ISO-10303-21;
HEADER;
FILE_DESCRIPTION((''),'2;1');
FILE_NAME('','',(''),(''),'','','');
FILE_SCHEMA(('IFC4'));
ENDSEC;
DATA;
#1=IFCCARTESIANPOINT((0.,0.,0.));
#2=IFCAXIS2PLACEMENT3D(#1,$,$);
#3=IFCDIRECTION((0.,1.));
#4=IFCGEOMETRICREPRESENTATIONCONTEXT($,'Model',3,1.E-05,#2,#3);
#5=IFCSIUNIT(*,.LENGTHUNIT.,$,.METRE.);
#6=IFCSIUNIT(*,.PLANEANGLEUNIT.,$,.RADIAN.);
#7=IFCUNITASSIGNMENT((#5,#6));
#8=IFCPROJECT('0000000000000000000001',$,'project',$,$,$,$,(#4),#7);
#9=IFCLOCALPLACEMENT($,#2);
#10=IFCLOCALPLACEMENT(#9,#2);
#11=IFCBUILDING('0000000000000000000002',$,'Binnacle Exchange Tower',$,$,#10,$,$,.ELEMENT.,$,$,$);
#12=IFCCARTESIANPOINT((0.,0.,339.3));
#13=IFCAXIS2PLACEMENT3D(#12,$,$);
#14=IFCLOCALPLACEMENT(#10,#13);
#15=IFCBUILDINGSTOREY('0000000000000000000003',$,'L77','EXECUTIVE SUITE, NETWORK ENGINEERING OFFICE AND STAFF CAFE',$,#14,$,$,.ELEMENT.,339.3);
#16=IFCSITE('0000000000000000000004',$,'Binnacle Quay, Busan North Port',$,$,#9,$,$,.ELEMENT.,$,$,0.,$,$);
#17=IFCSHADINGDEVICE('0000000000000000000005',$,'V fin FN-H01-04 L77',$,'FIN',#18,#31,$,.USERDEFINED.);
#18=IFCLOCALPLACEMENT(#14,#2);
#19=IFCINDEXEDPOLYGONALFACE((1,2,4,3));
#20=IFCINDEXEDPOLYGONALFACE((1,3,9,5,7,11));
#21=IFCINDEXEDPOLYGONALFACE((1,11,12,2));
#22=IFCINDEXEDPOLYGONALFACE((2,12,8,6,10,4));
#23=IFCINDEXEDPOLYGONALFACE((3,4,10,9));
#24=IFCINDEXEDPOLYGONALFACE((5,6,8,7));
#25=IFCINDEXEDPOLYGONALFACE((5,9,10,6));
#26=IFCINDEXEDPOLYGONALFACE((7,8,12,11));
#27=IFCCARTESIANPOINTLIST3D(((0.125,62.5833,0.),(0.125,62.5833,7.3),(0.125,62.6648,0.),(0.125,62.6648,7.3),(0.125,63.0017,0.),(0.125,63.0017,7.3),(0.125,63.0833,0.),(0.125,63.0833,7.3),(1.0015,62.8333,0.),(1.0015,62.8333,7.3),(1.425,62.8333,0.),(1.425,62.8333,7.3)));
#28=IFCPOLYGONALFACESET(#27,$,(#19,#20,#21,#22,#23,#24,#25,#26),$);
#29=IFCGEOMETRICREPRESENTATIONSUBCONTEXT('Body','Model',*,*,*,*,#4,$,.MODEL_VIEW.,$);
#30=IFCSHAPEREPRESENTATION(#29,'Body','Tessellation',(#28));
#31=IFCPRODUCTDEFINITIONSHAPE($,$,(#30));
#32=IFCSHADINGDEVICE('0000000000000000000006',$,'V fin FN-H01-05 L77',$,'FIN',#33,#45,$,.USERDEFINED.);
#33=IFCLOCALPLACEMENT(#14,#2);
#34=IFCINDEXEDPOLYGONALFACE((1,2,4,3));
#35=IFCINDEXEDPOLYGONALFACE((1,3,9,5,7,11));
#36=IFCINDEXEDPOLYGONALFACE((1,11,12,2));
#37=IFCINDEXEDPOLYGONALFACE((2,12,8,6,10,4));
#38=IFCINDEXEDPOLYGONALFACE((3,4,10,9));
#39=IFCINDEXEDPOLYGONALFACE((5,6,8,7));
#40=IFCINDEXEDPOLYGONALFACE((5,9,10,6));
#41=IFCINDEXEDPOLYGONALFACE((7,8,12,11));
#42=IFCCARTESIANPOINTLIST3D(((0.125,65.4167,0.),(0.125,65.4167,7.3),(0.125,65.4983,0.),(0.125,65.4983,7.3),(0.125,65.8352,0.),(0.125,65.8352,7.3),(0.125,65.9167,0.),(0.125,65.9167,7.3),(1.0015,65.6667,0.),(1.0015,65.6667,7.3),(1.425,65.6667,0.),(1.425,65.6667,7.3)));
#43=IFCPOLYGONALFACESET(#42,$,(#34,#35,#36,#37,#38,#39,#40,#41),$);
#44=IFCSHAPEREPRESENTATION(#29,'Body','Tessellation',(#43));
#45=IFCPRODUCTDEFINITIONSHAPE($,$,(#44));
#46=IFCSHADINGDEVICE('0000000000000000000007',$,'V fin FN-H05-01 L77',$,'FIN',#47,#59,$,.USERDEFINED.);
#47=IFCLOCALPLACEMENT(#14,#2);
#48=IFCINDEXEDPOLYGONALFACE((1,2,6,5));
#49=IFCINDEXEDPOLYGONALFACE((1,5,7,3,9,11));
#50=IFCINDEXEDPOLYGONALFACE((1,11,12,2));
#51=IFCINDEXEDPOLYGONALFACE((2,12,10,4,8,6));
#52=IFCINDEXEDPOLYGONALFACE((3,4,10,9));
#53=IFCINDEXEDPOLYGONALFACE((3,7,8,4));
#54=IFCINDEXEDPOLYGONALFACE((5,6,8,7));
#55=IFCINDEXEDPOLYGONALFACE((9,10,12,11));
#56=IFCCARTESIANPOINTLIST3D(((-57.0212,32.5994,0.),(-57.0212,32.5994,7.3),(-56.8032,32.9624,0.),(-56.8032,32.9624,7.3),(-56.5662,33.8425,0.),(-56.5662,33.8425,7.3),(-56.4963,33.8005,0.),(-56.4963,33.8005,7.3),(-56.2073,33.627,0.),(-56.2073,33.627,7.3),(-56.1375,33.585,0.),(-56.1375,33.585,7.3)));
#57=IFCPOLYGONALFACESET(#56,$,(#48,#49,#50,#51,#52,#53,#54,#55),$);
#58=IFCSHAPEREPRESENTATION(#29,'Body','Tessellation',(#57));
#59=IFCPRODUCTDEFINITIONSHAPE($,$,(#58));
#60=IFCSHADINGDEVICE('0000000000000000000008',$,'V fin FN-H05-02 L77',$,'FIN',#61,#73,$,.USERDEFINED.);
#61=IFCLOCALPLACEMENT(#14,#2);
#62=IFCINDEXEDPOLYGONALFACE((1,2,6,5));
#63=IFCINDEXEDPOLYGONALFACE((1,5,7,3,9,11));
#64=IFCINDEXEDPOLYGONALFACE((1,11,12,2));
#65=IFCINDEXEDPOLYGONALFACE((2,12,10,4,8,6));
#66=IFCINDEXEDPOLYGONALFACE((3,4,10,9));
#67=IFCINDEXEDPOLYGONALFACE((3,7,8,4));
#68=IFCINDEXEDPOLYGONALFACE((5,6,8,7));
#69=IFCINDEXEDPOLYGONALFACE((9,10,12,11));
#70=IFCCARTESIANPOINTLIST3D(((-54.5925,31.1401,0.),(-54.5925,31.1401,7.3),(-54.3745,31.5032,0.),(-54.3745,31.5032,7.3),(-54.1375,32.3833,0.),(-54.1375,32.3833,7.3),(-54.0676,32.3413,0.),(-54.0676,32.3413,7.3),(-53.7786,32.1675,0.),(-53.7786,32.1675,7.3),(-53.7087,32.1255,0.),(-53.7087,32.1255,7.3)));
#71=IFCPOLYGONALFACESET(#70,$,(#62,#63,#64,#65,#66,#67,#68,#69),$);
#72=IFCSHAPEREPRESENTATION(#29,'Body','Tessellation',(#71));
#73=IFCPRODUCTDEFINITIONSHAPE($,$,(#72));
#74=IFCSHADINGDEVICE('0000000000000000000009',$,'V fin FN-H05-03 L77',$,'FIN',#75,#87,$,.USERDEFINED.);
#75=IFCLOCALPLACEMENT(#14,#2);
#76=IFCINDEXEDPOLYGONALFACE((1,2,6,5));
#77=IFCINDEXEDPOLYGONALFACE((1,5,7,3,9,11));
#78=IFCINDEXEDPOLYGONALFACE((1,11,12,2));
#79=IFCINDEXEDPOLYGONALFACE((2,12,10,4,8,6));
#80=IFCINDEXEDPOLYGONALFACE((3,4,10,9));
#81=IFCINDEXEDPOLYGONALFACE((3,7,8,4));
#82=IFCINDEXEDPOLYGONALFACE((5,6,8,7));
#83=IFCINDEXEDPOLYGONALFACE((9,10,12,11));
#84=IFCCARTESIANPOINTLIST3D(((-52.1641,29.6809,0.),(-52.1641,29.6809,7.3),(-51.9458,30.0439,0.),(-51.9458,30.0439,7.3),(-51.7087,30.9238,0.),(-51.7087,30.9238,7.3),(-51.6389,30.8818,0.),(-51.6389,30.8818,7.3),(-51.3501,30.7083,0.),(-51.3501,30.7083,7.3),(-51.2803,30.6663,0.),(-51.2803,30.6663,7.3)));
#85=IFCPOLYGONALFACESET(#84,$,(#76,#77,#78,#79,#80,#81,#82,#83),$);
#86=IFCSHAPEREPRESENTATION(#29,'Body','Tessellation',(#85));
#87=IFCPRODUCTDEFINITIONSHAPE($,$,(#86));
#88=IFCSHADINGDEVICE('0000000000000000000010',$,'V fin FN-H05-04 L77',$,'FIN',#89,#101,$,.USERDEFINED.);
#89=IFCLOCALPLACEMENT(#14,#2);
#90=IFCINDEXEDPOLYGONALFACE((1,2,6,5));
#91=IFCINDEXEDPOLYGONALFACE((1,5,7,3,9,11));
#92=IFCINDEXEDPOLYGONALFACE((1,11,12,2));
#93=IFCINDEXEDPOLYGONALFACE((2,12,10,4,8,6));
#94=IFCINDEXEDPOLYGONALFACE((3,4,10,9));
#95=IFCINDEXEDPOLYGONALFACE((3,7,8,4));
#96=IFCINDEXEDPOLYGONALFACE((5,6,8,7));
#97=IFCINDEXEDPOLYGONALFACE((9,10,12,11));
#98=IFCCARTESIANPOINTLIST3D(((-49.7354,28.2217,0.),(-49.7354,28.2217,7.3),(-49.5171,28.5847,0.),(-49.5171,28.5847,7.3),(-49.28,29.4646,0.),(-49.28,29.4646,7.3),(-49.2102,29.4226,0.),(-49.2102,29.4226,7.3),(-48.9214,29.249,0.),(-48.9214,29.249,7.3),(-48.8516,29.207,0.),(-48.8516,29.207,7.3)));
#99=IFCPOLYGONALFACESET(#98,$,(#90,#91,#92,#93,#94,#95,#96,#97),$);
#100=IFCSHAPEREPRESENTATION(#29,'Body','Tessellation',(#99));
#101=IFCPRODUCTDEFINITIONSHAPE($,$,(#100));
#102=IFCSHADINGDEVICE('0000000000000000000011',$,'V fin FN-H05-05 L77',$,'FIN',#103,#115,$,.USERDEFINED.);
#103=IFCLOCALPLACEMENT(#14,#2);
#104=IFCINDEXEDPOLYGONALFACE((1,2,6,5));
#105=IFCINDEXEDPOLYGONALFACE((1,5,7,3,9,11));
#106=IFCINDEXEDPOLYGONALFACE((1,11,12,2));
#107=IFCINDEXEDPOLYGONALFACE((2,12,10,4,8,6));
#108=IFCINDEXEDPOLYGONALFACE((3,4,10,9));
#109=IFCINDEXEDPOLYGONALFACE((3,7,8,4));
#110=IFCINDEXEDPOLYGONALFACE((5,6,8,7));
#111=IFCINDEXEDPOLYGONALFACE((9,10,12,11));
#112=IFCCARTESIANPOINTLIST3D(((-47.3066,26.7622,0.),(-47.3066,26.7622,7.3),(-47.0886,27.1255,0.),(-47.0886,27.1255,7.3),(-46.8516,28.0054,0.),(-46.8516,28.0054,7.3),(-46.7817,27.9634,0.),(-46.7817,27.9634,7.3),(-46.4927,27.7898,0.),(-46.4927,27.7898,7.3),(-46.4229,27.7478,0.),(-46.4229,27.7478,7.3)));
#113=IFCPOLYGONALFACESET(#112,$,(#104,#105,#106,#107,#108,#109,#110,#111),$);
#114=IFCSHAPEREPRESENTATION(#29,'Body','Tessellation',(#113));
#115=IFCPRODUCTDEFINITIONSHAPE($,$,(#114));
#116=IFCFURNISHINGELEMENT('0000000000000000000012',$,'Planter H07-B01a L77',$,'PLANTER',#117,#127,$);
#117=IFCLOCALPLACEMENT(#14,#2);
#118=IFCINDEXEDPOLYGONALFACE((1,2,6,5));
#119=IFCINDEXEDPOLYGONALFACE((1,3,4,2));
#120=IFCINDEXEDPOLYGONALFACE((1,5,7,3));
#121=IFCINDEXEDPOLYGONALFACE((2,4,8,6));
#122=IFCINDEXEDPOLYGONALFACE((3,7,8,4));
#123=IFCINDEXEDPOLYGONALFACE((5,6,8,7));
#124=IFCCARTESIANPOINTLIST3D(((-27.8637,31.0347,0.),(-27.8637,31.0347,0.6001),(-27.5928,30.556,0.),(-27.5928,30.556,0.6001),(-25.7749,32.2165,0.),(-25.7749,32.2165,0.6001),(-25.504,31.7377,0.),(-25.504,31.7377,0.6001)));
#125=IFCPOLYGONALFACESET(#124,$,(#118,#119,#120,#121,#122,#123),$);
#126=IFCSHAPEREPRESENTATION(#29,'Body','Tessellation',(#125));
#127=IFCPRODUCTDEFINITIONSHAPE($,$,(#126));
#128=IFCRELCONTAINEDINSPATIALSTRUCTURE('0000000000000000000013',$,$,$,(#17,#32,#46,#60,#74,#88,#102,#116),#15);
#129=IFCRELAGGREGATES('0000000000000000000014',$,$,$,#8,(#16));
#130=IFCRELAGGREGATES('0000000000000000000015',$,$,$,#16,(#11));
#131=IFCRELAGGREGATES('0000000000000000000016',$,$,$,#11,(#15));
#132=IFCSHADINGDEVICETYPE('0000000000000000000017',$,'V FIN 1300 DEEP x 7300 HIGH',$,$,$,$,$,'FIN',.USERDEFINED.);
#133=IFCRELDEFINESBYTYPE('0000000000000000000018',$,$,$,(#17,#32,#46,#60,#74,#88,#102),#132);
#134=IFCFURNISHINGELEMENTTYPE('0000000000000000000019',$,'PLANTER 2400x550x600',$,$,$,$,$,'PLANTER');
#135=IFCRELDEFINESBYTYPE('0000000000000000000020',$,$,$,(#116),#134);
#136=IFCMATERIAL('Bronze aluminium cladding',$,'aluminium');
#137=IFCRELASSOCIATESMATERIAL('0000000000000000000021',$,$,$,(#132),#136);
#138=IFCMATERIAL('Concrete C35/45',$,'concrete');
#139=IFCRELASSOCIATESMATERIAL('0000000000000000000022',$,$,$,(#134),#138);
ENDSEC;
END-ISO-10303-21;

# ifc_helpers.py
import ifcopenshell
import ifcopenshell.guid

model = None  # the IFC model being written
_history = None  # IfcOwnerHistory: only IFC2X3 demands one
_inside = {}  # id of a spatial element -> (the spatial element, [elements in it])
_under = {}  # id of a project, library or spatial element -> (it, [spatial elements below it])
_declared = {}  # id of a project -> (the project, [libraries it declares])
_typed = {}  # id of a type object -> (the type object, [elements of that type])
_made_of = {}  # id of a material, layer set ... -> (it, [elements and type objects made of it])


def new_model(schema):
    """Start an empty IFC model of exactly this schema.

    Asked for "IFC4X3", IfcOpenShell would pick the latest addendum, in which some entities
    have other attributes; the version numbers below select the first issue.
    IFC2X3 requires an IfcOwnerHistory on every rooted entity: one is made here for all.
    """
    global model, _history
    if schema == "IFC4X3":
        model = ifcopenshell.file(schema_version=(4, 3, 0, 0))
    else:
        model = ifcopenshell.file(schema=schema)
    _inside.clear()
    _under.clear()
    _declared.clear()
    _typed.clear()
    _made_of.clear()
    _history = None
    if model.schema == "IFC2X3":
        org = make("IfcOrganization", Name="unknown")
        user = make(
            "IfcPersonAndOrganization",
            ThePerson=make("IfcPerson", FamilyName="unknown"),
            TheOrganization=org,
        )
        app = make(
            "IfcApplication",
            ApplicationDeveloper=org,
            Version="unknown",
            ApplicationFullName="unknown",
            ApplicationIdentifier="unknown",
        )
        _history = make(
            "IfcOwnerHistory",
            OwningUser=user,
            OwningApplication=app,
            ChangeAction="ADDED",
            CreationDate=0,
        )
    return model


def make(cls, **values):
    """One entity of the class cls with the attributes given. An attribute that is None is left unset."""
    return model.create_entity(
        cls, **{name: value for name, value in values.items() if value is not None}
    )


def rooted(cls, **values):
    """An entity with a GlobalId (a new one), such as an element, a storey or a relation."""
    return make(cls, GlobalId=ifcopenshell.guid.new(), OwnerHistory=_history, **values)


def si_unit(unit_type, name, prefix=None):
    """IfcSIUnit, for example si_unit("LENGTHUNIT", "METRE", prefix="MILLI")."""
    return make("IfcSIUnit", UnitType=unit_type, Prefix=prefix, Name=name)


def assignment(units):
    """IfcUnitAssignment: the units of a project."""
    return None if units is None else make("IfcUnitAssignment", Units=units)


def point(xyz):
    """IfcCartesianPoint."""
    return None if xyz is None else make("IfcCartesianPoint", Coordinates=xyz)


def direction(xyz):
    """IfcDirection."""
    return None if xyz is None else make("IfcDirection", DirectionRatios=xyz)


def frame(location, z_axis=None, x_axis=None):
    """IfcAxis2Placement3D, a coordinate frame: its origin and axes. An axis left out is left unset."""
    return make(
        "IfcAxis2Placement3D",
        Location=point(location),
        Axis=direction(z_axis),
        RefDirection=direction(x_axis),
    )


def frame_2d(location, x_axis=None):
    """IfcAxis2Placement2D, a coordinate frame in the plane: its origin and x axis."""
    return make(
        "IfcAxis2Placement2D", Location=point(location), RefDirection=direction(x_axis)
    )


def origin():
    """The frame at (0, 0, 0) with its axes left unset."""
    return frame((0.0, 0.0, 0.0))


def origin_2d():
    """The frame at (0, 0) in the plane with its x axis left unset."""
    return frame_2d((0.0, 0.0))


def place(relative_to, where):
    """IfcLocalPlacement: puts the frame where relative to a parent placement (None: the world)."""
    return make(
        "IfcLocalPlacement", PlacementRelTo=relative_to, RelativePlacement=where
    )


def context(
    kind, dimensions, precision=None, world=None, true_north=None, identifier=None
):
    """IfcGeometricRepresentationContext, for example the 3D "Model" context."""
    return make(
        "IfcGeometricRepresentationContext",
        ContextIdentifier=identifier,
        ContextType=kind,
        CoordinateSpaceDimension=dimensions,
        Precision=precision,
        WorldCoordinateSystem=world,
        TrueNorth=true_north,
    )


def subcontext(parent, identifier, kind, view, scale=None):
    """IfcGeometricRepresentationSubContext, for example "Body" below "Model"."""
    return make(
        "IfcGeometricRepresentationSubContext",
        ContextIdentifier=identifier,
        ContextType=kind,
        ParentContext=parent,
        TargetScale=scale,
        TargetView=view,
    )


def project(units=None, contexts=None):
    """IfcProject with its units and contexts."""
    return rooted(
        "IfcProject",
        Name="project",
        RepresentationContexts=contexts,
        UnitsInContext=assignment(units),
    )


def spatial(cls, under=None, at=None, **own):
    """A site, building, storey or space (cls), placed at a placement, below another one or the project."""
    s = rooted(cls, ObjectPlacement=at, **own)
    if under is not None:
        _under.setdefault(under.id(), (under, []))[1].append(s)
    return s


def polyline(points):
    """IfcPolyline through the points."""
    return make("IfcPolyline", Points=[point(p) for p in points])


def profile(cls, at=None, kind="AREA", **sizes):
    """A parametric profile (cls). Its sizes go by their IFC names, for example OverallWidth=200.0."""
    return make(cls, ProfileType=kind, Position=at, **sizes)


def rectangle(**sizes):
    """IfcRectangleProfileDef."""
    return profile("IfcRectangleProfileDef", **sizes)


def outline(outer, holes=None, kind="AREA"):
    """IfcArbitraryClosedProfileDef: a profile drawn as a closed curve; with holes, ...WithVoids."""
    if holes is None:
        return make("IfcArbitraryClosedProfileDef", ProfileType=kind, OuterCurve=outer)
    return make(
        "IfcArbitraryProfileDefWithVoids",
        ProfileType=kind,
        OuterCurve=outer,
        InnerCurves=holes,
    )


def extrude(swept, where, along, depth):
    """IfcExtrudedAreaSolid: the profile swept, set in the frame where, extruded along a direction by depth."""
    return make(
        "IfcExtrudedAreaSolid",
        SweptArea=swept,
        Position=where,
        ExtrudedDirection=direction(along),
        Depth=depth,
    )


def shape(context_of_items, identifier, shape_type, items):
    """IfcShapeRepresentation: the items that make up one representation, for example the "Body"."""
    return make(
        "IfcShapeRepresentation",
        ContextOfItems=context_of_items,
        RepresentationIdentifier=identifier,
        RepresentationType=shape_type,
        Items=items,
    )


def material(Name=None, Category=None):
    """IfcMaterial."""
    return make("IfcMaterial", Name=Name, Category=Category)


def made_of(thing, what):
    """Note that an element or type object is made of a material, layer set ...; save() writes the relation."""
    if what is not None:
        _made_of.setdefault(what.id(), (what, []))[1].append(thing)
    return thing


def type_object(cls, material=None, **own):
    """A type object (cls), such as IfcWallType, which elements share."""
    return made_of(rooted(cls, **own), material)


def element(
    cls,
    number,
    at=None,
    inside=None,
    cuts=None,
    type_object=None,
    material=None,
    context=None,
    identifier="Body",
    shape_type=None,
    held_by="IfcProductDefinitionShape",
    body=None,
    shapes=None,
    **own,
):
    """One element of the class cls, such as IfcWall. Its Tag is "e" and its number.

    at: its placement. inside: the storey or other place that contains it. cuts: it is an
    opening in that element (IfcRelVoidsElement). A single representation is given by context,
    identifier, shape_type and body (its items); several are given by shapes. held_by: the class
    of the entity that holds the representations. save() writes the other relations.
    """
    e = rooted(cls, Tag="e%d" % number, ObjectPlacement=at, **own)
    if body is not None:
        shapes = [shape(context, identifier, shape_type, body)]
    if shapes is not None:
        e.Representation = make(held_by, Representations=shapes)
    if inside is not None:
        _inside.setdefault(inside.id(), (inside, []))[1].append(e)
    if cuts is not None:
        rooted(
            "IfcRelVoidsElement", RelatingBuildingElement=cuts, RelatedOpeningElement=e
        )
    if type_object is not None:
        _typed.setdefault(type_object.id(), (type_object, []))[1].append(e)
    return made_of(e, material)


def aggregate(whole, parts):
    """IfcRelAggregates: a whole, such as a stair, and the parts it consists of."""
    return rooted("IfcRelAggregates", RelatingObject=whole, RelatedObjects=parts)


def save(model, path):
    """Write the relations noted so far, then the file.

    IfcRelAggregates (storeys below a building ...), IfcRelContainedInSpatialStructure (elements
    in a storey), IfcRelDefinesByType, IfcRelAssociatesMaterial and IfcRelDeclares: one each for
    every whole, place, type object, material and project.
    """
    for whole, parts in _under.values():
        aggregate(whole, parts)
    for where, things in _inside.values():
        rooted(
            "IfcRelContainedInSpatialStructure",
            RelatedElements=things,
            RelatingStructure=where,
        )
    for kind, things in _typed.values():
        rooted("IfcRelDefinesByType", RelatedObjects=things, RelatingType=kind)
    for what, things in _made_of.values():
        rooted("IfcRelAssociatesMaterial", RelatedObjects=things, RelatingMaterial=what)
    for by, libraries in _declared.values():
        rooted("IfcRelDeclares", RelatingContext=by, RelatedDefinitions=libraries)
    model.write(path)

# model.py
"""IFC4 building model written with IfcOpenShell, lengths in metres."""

from ifc_helpers import new_model, si_unit, direction, frame, origin, origin_2d, place, context, subcontext, project, spatial, polyline, rectangle, outline, extrude, material, type_object, element, save


model = new_model("IFC4")

# Units and contexts
model_context = context("Model", 3, precision=1e-05, world=origin(), true_north=direction((0.0, 1.0)))
body_context = subcontext(model_context, "Body", "Model", "MODEL_VIEW")
ifc_project = project(units=[si_unit("LENGTHUNIT", "METRE"), si_unit("PLANEANGLEUNIT", "RADIAN")], contexts=[model_context])

# Site, building, storey
site_placement = place(None, origin())
site = spatial("IfcSite", under=ifc_project, at=site_placement, Name="Binnacle Quay, Busan North Port", CompositionType="ELEMENT", RefElevation=0.0)
building_placement = place(site_placement, origin())
building = spatial("IfcBuilding", under=site, at=building_placement, Name="Binnacle Exchange Tower", CompositionType="ELEMENT")
storey_placement = place(building_placement, frame((0.0, 0.0, 339.3)))
storey = spatial("IfcBuildingStorey", under=building, at=storey_placement, Name="L77", Description="EXECUTIVE SUITE, NETWORK ENGINEERING OFFICE AND STAFF CAFE", CompositionType="ELEMENT", Elevation=339.3)

# Shared definitions
ifc_material_1 = material(Name="Concrete C35/45", Category="concrete")

# Shading devices
ifc_material_2 = material(Name="Bronze aluminium cladding", Category="aluminium")
shading_device_type_1 = type_object("IfcShadingDeviceType", Name="V FIN 1300 DEEP x 7300 HIGH", ElementType="FIN", PredefinedType="USERDEFINED", material=ifc_material_2)
shading_device_1_placement = place(storey_placement, origin())
element("IfcShadingDevice", 1, at=shading_device_1_placement, inside=storey, type_object=shading_device_type_1, Name="V fin FN-H01-04 L77", ObjectType="FIN", PredefinedType="USERDEFINED", context=body_context, shape_type="SweptSolid", body=[
    extrude(outline(polyline([(0.125, 62.5833), (1.425, 62.8333), (0.125, 63.0833), (0.125, 63.0017), (1.0015, 62.8333), (0.125, 62.6648), (0.125, 62.5833)])), origin(), (0.0, 0.0, 1.0), 7.3),
])
shading_device_2_placement = place(storey_placement, origin())
element("IfcShadingDevice", 2, at=shading_device_2_placement, inside=storey, type_object=shading_device_type_1, Name="V fin FN-H01-05 L77", ObjectType="FIN", PredefinedType="USERDEFINED", context=body_context, shape_type="SweptSolid", body=[
    extrude(outline(polyline([(0.125, 65.4167), (1.425, 65.6667), (0.125, 65.9167), (0.125, 65.8352), (1.0015, 65.6667), (0.125, 65.4983), (0.125, 65.4167)])), origin(), (0.0, 0.0, 1.0), 7.3),
])
shading_device_3_placement = place(storey_placement, origin())
element("IfcShadingDevice", 3, at=shading_device_3_placement, inside=storey, type_object=shading_device_type_1, Name="V fin FN-H05-01 L77", ObjectType="FIN", PredefinedType="USERDEFINED", context=body_context, shape_type="SweptSolid", body=[
    extrude(outline(polyline([(-56.5662, 33.8425), (-57.0212, 32.5994), (-56.1375, 33.585), (-56.2073, 33.627), (-56.8032, 32.9624), (-56.4963, 33.8005), (-56.5662, 33.8425)])), origin(), (0.0, 0.0, 1.0), 7.3),
])
shading_device_4_placement = place(storey_placement, origin())
element("IfcShadingDevice", 4, at=shading_device_4_placement, inside=storey, type_object=shading_device_type_1, Name="V fin FN-H05-02 L77", ObjectType="FIN", PredefinedType="USERDEFINED", context=body_context, shape_type="SweptSolid", body=[
    extrude(outline(polyline([(-54.1375, 32.3833), (-54.5925, 31.1401), (-53.7087, 32.1255), (-53.7786, 32.1675), (-54.3745, 31.5032), (-54.0676, 32.3413), (-54.1375, 32.3833)])), origin(), (0.0, 0.0, 1.0), 7.3),
])
shading_device_5_placement = place(storey_placement, origin())
element("IfcShadingDevice", 5, at=shading_device_5_placement, inside=storey, type_object=shading_device_type_1, Name="V fin FN-H05-03 L77", ObjectType="FIN", PredefinedType="USERDEFINED", context=body_context, shape_type="SweptSolid", body=[
    extrude(outline(polyline([(-51.7087, 30.9238), (-52.1641, 29.6809), (-51.2803, 30.6663), (-51.3501, 30.7083), (-51.9458, 30.0439), (-51.6389, 30.8818), (-51.7087, 30.9238)])), origin(), (0.0, 0.0, 1.0), 7.3),
])
shading_device_6_placement = place(storey_placement, origin())
element("IfcShadingDevice", 6, at=shading_device_6_placement, inside=storey, type_object=shading_device_type_1, Name="V fin FN-H05-04 L77", ObjectType="FIN", PredefinedType="USERDEFINED", context=body_context, shape_type="SweptSolid", body=[
    extrude(outline(polyline([(-49.28, 29.4646), (-49.7354, 28.2217), (-48.8516, 29.207), (-48.9214, 29.249), (-49.5171, 28.5847), (-49.2102, 29.4226), (-49.28, 29.4646)])), origin(), (0.0, 0.0, 1.0), 7.3),
])
shading_device_7_placement = place(storey_placement, origin())
element("IfcShadingDevice", 7, at=shading_device_7_placement, inside=storey, type_object=shading_device_type_1, Name="V fin FN-H05-05 L77", ObjectType="FIN", PredefinedType="USERDEFINED", context=body_context, shape_type="SweptSolid", body=[
    extrude(outline(polyline([(-46.8516, 28.0054), (-47.3066, 26.7622), (-46.4229, 27.7478), (-46.4927, 27.7898), (-47.0886, 27.1255), (-46.7817, 27.9634), (-46.8516, 28.0054)])), origin(), (0.0, 0.0, 1.0), 7.3),
])

# Furnishing element
furnishing_element_type = type_object("IfcFurnishingElementType", Name="PLANTER 2400x550x600", ElementType="PLANTER", material=ifc_material_1)
furnishing_placement = place(storey_placement, frame((-26.6838, 31.3862, 0.0), z_axis=(0.0, 0.0, 1.0), x_axis=(0.870356, 0.492424, 0.0)))
element("IfcFurnishingElement", 8, at=furnishing_placement, inside=storey, type_object=furnishing_element_type, Name="Planter H07-B01a L77", ObjectType="PLANTER", context=body_context, shape_type="SweptSolid", body=[
    extrude(rectangle(XDim=2.3999, YDim=0.55, at=origin_2d()), origin(), (0.0, 0.0, 1.0), 0.6001),
])

save(model, "model.ifc")
